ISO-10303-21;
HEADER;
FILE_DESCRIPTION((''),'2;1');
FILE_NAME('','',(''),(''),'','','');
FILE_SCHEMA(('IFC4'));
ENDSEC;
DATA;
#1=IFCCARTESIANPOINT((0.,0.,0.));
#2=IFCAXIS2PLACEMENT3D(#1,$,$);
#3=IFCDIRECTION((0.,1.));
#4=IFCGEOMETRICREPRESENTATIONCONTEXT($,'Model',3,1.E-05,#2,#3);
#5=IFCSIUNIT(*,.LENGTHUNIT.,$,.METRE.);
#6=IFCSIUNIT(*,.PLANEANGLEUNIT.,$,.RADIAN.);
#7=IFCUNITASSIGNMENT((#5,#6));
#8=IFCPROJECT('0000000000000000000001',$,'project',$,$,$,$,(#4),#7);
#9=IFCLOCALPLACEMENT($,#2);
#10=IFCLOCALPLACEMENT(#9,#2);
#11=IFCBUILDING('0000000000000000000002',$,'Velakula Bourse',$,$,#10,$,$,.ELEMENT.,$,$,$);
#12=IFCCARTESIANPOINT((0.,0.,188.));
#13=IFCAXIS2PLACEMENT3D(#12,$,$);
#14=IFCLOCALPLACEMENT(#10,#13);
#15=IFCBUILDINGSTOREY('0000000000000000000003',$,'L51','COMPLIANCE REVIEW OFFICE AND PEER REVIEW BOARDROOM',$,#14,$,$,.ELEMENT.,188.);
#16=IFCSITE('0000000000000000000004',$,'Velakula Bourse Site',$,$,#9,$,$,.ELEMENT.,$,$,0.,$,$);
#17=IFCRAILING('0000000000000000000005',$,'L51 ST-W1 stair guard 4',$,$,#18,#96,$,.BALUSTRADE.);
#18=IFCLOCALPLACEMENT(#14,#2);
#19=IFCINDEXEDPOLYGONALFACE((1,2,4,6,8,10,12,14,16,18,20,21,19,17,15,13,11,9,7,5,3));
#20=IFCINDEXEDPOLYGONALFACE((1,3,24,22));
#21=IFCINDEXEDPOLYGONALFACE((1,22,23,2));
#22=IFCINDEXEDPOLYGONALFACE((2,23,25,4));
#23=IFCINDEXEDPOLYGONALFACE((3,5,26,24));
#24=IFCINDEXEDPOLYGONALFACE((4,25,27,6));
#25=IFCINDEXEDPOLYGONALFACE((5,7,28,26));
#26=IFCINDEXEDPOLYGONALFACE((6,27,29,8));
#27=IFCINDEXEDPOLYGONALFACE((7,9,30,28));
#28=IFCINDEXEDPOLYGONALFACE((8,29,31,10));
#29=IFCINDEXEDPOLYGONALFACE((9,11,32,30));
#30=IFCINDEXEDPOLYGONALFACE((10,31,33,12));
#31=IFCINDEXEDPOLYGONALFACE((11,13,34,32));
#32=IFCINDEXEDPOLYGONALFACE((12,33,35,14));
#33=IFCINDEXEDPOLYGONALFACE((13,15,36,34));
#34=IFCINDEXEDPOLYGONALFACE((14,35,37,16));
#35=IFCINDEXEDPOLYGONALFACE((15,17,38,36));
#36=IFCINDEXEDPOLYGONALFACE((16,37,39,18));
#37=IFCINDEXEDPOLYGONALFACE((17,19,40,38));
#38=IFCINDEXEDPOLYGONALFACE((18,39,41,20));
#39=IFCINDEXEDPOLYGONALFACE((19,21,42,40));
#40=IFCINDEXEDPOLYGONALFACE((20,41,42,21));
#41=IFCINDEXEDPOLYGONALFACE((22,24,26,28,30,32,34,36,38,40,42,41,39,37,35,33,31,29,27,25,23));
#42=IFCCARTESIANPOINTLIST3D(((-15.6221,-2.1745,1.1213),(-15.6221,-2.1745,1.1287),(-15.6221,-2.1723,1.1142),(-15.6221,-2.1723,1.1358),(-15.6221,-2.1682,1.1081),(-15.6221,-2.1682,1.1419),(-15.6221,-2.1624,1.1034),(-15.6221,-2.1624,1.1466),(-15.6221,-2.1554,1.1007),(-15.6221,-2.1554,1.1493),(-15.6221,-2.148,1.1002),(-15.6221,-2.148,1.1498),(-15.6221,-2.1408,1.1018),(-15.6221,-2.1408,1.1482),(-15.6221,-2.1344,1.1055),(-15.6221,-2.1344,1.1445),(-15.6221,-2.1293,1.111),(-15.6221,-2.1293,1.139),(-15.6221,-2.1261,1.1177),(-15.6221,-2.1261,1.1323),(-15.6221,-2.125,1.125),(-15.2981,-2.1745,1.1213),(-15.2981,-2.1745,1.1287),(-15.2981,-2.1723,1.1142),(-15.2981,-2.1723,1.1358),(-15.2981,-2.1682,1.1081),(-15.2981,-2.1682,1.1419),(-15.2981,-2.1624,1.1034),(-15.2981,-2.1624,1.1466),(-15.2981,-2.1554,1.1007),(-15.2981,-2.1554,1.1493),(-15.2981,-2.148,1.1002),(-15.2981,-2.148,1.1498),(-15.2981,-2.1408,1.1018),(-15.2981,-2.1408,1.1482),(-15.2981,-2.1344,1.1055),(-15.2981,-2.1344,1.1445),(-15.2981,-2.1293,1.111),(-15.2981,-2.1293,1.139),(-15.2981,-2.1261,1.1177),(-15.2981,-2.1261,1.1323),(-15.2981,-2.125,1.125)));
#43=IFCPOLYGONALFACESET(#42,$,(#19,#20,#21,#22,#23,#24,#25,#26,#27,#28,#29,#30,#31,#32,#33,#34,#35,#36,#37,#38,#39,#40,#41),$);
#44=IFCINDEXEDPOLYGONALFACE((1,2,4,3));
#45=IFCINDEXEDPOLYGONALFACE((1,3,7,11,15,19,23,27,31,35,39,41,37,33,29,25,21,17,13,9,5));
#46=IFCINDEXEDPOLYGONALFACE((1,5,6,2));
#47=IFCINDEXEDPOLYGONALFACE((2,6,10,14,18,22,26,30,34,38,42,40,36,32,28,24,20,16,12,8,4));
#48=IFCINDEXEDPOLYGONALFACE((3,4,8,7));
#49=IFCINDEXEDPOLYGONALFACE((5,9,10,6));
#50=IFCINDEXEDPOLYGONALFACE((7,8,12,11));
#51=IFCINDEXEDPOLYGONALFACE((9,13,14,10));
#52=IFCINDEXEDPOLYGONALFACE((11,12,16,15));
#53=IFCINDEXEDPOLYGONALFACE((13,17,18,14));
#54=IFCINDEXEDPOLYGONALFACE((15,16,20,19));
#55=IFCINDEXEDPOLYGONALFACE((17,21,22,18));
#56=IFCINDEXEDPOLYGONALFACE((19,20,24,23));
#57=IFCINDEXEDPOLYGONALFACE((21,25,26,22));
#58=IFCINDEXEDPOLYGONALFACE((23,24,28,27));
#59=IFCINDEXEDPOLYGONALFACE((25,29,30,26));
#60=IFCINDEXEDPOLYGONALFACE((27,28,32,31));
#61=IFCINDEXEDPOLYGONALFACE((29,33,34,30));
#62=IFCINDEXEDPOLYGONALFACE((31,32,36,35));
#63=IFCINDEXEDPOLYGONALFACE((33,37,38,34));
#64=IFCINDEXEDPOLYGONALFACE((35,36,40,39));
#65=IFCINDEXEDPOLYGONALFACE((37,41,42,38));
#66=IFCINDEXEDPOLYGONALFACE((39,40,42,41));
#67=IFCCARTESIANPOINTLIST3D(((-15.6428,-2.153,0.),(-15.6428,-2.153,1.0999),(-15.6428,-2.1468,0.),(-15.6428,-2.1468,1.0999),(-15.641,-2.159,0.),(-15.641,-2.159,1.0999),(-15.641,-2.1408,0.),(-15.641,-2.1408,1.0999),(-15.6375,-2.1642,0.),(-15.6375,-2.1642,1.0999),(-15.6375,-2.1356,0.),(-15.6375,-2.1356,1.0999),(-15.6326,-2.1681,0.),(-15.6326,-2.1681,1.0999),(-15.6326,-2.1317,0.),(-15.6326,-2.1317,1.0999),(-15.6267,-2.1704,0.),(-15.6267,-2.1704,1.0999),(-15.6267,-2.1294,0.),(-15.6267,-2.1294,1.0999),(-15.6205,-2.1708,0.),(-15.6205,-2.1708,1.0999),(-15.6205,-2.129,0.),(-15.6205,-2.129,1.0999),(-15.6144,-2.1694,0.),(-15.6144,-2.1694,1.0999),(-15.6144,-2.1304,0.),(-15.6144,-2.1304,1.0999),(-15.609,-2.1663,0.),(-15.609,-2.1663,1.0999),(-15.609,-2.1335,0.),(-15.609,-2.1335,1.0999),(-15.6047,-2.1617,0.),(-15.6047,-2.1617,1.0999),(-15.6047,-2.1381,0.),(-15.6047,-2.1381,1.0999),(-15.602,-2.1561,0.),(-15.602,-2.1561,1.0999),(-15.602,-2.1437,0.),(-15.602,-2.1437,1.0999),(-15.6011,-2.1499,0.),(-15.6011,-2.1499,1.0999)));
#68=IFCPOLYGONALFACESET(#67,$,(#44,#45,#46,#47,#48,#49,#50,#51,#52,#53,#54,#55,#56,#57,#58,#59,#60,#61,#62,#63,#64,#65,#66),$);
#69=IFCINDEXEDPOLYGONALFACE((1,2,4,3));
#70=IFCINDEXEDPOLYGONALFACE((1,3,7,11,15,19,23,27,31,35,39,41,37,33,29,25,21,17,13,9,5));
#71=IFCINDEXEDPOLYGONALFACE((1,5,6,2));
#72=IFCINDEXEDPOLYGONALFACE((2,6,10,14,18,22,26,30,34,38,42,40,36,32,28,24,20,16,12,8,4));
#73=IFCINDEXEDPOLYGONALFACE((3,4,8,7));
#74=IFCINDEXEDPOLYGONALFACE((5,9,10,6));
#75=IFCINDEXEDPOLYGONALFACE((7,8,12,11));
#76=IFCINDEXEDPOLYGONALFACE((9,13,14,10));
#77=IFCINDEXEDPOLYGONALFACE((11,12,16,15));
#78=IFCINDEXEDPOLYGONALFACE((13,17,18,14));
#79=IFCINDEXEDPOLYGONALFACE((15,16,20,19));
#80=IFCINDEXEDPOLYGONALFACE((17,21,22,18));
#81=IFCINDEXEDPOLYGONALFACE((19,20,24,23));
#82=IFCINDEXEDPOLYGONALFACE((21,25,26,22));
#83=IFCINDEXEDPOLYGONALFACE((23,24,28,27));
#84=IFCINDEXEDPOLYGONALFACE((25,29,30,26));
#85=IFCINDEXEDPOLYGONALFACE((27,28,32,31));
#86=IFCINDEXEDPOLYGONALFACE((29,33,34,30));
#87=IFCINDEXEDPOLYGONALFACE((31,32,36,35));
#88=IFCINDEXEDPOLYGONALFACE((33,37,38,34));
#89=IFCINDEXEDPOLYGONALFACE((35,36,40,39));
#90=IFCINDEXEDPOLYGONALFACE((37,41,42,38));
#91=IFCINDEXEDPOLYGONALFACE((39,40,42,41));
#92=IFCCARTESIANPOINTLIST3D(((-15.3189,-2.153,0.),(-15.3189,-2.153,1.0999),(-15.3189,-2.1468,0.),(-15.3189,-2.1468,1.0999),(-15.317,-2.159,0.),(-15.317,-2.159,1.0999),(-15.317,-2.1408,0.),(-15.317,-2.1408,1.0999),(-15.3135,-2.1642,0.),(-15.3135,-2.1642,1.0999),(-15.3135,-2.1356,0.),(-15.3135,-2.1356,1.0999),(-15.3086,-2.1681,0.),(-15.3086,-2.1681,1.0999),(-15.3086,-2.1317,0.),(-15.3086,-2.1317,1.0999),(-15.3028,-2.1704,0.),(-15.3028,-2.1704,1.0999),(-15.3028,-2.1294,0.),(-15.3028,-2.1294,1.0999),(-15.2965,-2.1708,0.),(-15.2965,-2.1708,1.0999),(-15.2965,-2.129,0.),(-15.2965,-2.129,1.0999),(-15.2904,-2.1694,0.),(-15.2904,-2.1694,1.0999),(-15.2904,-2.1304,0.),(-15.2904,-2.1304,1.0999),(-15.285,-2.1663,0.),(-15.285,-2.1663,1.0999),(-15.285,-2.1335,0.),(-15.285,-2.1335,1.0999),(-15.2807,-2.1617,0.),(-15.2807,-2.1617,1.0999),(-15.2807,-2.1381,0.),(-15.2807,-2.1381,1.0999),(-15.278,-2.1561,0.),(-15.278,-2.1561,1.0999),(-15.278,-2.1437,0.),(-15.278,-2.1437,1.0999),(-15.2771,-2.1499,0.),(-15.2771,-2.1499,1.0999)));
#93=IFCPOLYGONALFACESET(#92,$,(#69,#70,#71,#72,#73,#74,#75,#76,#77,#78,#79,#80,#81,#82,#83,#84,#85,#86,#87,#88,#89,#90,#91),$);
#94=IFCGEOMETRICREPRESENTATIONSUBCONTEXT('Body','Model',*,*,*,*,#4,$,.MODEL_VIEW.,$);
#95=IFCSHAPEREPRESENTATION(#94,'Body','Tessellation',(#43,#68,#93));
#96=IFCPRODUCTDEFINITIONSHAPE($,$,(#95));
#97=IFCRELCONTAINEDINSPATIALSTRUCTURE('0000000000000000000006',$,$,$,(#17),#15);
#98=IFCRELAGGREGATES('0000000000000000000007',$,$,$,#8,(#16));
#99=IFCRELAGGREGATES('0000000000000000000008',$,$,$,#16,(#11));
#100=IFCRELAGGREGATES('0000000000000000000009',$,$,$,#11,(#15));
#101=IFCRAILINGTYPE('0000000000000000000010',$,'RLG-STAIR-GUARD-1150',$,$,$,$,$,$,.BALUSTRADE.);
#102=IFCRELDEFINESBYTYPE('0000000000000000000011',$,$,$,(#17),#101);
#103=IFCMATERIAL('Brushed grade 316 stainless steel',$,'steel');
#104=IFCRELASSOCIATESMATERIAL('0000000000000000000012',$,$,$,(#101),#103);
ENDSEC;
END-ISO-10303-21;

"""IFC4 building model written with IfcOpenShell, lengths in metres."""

from ifc_helpers import new_model, si_unit, direction, frame, origin, origin_2d, place, context, subcontext, project, spatial, circle, extrude, material, type_object, element, save


model = new_model("IFC4")

# Units and contexts
model_context = context("Model", 3, precision=1e-05, world=origin(), true_north=direction((0.0, 1.0)))
body_context = subcontext(model_context, "Body", "Model", "MODEL_VIEW")
ifc_project = project(units=[si_unit("LENGTHUNIT", "METRE"), si_unit("PLANEANGLEUNIT", "RADIAN")], contexts=[model_context])

# Site, building, storey
site_placement = place(None, origin())
site = spatial("IfcSite", under=ifc_project, at=site_placement, Name="Velakula Bourse Site", CompositionType="ELEMENT", RefElevation=0.0)
building_placement = place(site_placement, origin())
building = spatial("IfcBuilding", under=site, at=building_placement, Name="Velakula Bourse", CompositionType="ELEMENT")
storey_placement = place(building_placement, frame((0.0, 0.0, 188.0)))
storey = spatial("IfcBuildingStorey", under=building, at=storey_placement, Name="L51", Description="COMPLIANCE REVIEW OFFICE AND PEER REVIEW BOARDROOM", CompositionType="ELEMENT", Elevation=188.0)

# Shared definitions
ifc_material_1 = material(Name="Brushed grade 316 stainless steel", Category="steel")

# Railing
railing_type_1 = type_object("IfcRailingType", Name="RLG-STAIR-GUARD-1150", PredefinedType="BALUSTRADE", material=ifc_material_1)
railing_1_placement = place(storey_placement, frame((-15.6221, -2.1499, 0.0)))
element("IfcRailing", 1, at=railing_1_placement, inside=storey, type_object=railing_type_1, Name="L51 ST-W1 stair guard 4", PredefinedType="BALUSTRADE", context=body_context, shape_type="SweptSolid", body=[
    extrude(circle(Radius=0.0249, at=origin_2d()), frame((0.0, 0.0, 1.125), z_axis=(1.0, 0.0, 0.0), x_axis=(0.0, 1.0, 0.0)), (0.0, 0.0, 1.0), 0.324),
    extrude(circle(Radius=0.021, at=origin_2d()), origin(), (0.0, 0.0, 1.0), 1.0999),
    extrude(circle(Radius=0.021, at=origin_2d()), frame((0.324, 0.0, 0.0)), (0.0, 0.0, 1.0), 1.0999),
])

save(model, "model.ifc")
